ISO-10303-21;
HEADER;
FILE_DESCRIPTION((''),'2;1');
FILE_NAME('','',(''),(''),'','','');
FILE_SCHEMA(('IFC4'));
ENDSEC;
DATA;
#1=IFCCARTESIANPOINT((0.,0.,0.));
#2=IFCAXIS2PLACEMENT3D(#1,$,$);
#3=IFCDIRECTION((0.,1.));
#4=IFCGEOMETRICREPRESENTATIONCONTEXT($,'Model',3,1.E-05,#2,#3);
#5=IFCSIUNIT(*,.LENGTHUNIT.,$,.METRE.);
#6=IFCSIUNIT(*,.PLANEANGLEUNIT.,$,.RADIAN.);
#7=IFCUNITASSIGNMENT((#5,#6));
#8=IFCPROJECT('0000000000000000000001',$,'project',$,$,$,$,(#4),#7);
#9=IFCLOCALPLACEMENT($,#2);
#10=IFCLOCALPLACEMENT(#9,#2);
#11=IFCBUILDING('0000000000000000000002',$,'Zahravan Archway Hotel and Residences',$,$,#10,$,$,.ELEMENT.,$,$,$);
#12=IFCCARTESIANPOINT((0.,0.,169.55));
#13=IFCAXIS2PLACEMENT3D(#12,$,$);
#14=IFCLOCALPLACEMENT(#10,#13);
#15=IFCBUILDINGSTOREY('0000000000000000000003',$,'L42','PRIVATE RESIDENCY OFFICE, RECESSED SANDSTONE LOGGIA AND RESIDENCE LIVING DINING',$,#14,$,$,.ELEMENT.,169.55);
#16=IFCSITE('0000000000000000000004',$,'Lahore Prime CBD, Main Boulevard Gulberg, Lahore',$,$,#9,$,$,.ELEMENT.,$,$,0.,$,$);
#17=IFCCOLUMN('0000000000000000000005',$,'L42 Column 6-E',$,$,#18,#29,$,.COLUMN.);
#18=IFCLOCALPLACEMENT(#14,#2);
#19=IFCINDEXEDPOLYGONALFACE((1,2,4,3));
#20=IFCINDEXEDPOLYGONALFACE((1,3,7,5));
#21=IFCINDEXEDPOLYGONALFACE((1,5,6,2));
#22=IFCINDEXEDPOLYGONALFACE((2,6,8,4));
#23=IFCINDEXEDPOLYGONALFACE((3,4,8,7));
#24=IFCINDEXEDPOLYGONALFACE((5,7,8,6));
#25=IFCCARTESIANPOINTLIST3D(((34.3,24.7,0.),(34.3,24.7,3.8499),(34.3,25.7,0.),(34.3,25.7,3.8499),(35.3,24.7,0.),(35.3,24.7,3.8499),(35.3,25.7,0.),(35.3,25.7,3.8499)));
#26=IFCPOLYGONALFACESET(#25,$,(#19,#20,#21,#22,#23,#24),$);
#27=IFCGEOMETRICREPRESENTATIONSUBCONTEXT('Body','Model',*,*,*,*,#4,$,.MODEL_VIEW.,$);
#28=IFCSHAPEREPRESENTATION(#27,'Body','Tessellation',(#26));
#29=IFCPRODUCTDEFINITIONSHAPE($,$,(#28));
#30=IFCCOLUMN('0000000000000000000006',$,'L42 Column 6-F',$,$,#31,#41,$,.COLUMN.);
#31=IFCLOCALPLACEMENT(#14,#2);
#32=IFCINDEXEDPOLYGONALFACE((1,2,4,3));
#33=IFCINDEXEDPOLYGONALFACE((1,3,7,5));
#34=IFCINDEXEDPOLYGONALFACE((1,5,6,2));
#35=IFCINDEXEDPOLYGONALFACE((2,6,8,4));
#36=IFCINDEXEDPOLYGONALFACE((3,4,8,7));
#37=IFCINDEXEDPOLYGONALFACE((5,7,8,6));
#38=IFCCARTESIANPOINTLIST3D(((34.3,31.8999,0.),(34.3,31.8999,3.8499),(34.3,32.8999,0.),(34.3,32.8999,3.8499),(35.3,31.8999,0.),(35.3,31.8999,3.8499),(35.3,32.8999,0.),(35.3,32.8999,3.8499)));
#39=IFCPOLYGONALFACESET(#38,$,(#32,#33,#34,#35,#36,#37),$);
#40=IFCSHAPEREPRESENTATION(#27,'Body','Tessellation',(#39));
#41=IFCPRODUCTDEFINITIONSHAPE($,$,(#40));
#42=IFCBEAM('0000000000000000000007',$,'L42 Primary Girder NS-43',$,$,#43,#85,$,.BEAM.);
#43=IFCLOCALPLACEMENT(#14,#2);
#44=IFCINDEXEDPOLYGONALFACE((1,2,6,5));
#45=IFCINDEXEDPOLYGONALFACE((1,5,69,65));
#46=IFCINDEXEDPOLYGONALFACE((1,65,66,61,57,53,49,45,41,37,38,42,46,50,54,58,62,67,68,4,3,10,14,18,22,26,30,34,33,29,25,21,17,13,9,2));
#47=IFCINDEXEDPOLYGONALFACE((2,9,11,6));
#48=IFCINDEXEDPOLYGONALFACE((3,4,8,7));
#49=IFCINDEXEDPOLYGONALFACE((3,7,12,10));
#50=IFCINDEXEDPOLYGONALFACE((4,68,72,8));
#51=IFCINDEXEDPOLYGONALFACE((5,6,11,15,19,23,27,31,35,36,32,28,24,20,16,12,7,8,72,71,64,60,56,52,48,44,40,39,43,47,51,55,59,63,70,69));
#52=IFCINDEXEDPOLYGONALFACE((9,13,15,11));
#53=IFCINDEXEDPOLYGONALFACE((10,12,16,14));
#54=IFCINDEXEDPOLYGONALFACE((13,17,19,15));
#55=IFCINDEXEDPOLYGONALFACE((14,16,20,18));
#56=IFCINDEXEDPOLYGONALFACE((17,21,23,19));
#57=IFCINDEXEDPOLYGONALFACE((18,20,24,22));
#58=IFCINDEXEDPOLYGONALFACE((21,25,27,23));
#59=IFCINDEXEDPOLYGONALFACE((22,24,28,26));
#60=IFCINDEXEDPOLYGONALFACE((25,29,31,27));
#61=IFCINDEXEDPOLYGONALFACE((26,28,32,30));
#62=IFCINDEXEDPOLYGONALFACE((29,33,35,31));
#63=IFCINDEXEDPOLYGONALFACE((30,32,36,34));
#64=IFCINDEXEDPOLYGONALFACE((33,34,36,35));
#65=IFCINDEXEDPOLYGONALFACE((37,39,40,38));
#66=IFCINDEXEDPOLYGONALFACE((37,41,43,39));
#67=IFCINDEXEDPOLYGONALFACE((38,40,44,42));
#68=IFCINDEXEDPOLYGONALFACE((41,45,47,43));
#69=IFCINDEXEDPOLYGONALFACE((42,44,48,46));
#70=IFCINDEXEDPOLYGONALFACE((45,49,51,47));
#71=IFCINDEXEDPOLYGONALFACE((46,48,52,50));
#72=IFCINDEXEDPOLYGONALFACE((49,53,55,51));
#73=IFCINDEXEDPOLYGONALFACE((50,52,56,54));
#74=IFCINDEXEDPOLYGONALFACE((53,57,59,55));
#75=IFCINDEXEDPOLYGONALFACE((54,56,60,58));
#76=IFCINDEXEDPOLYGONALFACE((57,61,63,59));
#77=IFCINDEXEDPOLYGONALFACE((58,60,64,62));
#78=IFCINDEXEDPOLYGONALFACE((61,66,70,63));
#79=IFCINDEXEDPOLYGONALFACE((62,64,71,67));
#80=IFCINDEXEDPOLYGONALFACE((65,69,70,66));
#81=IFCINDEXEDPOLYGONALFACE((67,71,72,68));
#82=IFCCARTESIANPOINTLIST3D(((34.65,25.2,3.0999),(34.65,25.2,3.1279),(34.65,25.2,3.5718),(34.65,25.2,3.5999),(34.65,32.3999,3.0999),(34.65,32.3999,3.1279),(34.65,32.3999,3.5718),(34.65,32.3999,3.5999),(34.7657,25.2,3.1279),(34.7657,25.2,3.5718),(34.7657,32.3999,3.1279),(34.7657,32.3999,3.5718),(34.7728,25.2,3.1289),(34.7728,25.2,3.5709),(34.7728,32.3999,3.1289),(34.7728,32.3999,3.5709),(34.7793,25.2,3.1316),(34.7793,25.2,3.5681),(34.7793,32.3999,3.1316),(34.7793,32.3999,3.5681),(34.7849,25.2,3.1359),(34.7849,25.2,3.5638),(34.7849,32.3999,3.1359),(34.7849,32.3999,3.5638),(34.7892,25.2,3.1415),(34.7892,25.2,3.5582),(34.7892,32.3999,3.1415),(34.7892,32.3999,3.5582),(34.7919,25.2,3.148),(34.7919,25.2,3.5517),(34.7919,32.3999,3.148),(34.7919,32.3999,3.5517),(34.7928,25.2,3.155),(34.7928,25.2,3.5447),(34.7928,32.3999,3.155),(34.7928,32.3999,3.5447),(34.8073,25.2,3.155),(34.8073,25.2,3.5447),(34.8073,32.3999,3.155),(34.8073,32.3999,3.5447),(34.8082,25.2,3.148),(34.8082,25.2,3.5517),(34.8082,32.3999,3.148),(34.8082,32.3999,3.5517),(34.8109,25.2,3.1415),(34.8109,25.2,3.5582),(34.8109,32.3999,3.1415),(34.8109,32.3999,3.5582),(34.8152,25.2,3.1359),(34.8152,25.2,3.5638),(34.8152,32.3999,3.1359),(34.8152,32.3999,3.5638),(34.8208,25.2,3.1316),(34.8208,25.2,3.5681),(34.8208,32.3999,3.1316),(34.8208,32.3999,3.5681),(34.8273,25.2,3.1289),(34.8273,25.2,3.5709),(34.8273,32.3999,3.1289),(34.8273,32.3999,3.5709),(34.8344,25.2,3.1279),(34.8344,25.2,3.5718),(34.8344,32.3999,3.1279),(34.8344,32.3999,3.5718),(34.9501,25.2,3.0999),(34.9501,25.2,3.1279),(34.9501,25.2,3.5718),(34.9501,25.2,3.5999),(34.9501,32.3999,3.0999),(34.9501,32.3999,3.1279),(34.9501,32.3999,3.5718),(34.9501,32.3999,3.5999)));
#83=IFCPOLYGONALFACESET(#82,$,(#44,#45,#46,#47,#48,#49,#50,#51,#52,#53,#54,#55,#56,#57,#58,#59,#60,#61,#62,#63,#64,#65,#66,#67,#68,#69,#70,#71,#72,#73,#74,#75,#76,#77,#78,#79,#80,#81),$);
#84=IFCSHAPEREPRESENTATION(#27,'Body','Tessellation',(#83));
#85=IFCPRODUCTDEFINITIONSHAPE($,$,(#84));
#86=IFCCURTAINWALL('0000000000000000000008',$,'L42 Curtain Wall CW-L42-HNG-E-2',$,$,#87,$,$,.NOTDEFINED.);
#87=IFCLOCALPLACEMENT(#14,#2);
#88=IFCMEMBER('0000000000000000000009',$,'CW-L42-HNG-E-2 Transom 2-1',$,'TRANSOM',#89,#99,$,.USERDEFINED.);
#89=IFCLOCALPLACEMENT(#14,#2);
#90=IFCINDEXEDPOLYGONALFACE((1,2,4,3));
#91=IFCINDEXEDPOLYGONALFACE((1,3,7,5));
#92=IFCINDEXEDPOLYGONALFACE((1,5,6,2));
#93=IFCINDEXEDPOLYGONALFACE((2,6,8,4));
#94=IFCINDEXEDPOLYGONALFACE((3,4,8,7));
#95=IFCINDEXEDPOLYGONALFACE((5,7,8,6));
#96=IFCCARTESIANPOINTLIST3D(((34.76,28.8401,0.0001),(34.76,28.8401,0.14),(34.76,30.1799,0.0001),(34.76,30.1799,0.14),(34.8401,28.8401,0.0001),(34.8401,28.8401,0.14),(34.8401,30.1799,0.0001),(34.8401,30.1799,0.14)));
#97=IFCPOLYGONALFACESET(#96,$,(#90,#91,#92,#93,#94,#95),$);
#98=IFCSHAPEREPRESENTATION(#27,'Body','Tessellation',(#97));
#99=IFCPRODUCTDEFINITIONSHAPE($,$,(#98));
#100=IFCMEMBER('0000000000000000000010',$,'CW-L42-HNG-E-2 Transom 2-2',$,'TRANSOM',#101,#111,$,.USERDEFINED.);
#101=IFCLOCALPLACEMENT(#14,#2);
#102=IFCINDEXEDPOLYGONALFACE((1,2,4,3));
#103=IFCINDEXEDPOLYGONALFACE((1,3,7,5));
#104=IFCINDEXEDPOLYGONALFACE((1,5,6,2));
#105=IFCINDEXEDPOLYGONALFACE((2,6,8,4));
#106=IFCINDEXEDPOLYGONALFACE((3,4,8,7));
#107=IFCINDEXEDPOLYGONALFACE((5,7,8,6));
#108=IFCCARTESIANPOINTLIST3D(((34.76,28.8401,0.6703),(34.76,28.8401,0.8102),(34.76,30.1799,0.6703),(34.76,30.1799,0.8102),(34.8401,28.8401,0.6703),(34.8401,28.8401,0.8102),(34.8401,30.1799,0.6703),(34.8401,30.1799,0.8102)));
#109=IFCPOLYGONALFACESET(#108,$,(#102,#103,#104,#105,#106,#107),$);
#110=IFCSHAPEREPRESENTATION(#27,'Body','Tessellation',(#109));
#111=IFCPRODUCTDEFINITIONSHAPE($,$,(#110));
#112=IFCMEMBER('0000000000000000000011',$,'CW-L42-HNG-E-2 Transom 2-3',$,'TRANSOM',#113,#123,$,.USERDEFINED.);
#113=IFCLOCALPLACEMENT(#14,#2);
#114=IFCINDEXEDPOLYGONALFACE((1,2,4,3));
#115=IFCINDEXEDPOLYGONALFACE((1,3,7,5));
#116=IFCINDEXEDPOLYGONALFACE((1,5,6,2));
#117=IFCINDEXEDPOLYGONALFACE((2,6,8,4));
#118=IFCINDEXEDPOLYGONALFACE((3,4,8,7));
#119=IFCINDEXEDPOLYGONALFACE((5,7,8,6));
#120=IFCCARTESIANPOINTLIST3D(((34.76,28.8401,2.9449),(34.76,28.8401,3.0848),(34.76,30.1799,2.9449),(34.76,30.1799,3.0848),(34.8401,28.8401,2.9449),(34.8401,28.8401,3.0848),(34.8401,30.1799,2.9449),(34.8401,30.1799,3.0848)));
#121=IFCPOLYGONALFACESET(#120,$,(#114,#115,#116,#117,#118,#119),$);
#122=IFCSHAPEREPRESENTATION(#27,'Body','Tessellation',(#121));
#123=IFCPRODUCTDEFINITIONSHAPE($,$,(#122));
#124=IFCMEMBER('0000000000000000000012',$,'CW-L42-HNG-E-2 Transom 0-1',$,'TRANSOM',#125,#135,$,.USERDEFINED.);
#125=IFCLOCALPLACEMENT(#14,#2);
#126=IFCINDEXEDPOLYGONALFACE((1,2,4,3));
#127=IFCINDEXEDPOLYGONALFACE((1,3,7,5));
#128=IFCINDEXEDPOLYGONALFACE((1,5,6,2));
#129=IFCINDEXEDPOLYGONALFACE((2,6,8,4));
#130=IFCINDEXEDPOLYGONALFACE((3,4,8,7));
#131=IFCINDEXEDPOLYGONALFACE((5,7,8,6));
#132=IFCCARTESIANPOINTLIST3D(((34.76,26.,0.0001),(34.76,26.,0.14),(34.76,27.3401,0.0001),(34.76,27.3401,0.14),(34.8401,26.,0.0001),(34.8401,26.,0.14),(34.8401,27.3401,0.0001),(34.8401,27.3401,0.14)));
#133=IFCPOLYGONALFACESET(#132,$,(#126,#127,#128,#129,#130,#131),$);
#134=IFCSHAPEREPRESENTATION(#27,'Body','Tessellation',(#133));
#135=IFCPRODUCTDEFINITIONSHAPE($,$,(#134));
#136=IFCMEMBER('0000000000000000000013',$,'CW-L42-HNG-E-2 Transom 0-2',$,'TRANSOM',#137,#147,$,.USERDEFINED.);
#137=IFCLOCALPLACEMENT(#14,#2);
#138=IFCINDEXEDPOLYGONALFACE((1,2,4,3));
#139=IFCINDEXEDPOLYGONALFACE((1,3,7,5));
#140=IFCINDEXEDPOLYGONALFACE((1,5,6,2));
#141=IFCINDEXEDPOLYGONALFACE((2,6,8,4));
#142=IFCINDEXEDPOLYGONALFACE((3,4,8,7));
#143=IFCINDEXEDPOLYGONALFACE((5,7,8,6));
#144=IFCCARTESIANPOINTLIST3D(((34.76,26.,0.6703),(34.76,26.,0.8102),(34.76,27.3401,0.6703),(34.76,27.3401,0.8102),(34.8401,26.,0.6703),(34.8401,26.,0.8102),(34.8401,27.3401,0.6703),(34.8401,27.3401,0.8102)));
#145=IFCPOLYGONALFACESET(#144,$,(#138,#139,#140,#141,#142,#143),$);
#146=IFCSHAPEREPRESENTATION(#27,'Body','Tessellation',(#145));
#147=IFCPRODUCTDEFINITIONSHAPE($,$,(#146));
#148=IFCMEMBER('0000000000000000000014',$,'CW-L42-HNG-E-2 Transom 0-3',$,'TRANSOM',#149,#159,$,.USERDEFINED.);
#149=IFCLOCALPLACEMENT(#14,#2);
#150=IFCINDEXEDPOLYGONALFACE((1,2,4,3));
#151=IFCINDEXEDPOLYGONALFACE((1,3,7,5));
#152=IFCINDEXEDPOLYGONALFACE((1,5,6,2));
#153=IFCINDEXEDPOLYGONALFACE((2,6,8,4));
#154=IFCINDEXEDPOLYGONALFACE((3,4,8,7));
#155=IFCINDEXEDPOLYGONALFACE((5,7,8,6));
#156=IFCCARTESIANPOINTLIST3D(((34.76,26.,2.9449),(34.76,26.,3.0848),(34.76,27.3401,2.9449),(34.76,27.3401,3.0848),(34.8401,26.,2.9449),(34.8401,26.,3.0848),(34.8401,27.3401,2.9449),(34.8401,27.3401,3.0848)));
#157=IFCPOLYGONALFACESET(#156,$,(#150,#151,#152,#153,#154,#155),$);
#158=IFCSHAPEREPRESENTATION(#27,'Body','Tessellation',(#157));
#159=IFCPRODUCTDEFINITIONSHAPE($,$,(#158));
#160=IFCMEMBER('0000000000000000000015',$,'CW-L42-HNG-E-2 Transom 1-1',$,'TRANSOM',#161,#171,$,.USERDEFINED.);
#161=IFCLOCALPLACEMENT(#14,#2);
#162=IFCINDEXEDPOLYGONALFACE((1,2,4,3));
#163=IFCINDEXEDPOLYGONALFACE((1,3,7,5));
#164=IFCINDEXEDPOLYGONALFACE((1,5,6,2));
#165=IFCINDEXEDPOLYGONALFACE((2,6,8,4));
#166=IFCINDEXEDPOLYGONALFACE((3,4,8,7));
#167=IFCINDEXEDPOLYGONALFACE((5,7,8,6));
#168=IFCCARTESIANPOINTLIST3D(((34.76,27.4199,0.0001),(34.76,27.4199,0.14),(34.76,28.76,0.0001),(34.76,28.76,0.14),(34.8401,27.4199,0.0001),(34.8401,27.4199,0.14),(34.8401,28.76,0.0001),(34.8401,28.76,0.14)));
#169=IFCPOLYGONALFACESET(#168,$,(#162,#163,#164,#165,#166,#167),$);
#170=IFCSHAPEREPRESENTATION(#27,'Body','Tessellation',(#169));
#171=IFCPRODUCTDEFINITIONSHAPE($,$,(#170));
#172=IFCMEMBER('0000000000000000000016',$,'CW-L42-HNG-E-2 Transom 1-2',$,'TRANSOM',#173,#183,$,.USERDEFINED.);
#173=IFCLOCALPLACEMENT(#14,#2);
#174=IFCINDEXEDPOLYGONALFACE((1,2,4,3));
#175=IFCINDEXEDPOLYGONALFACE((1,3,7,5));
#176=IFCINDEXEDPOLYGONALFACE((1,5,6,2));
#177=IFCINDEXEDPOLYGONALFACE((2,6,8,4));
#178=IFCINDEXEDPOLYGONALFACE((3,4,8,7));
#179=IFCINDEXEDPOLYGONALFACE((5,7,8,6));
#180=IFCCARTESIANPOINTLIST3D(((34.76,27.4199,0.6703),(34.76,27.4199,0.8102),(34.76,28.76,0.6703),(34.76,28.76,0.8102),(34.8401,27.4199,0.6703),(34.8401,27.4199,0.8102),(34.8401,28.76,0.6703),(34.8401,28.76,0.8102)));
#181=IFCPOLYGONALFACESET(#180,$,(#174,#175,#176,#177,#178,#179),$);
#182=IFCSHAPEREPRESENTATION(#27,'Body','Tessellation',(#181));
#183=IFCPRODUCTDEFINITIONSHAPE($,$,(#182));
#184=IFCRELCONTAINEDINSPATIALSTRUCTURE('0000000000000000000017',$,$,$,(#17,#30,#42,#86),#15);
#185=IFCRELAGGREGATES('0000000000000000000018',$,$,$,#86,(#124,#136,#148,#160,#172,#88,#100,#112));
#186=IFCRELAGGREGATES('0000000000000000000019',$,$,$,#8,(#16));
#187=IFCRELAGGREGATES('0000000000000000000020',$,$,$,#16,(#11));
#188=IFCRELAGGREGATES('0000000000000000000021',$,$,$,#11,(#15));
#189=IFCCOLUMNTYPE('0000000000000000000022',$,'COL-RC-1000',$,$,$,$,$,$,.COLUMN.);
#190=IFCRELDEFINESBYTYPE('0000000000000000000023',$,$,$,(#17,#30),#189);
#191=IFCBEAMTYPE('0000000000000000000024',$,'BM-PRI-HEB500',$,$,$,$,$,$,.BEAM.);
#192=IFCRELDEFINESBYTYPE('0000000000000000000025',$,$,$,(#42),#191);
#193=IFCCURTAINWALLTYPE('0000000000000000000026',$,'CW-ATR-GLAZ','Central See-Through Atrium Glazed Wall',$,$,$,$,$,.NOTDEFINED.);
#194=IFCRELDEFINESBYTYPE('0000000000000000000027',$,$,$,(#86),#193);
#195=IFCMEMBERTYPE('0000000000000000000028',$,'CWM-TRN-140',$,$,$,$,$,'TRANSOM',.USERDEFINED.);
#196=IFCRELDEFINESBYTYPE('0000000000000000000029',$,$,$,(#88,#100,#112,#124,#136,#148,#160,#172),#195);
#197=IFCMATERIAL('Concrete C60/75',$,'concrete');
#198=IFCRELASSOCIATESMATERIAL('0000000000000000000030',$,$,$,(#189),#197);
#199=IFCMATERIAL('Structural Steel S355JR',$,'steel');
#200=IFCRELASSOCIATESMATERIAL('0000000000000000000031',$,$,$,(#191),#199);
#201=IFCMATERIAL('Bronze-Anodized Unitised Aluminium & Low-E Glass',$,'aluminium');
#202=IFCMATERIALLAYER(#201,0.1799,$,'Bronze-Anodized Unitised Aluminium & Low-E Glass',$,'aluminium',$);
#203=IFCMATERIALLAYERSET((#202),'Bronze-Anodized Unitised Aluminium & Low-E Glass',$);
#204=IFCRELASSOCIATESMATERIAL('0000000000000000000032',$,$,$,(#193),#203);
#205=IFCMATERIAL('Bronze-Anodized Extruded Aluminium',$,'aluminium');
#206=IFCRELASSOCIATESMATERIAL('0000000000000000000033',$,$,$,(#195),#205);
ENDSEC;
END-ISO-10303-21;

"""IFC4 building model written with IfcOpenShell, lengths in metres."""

from ifc_helpers import new_model, si_unit, direction, frame, origin, origin_2d, place, context, subcontext, project, spatial, rectangle, i_section, extrude, source, transform, mapped, material, layer, layer_set, material_profile, profile_set, type_object, element, aggregate, save


model = new_model("IFC4")

# Units and contexts
model_context = context("Model", 3, precision=1e-05, world=origin(), true_north=direction((0.0, 1.0)))
body_context = subcontext(model_context, "Body", "Model", "MODEL_VIEW")
ifc_project = project(units=[si_unit("LENGTHUNIT", "METRE"), si_unit("PLANEANGLEUNIT", "RADIAN")], contexts=[model_context])

# Site, building, storey
site_placement = place(None, origin())
site = spatial("IfcSite", under=ifc_project, at=site_placement, Name="Lahore Prime CBD, Main Boulevard Gulberg, Lahore", CompositionType="ELEMENT", RefElevation=0.0)
building_placement = place(site_placement, origin())
building = spatial("IfcBuilding", under=site, at=building_placement, Name="Zahravan Archway Hotel and Residences", CompositionType="ELEMENT")
storey_placement = place(building_placement, frame((0.0, 0.0, 169.55)))
storey = spatial("IfcBuildingStorey", under=building, at=storey_placement, Name="L42", Description="PRIVATE RESIDENCY OFFICE, RECESSED SANDSTONE LOGGIA AND RESIDENCE LIVING DINING", CompositionType="ELEMENT", Elevation=169.55)

# Columns
ifc_material_1 = material(Name="Concrete C60/75", Category="concrete")
ifc_material_profile_1 = material_profile(ifc_material_1, rectangle(XDim=1.0, YDim=1.0, at=origin_2d()), Name="RC-COL-1000x1000", Category="concrete")
ifc_profile_set_1 = profile_set([ifc_material_profile_1], Name="Concrete C60/75")
column_type = type_object("IfcColumnType", Name="COL-RC-1000", PredefinedType="COLUMN", material=ifc_profile_set_1)
shared_shape_1 = source(origin(), body_context, "Body", "SweptSolid", [
    extrude(rectangle(XDim=1.0, YDim=1.0, at=origin_2d()), origin(), (0.0, 0.0, 1.0), 3.8499),
])
for number, where, z_axis, x_axis, name in (
    (1, (34.8, 25.2, 0.0), (0.0, 0.0, 1.0), (1.0, 0.0, 0.0), "L42 Column 6-E"),
    (2, (34.8, 32.3999, 0.0), (0.0, 0.0, 1.0), (1.0, 0.0, 0.0), "L42 Column 6-F"),
):
    element("IfcColumn", number, at=place(storey_placement, frame(where, z_axis=z_axis, x_axis=x_axis)), inside=storey, type_object=column_type, Name=name, PredefinedType="COLUMN", context=body_context, shape_type="MappedRepresentation", body=[
        mapped(shared_shape_1, transform((0.0, 0.0, 0.0), scale=1.0)),
    ])

# Beam
ifc_material_2 = material(Name="Structural Steel S355JR", Category="steel")
ifc_material_profile_2 = material_profile(ifc_material_2, i_section(OverallWidth=0.3, OverallDepth=0.5, WebThickness=0.0144, FlangeThickness=0.0281, FilletRadius=0.0271, at=origin_2d()), Name="HEB 500", Category="steel")
ifc_profile_set_2 = profile_set([ifc_material_profile_2], Name="Structural Steel S355JR")
beam_type = type_object("IfcBeamType", Name="BM-PRI-HEB500", PredefinedType="BEAM", material=ifc_profile_set_2)
shared_shape_2 = source(origin(), body_context, "Body", "SweptSolid", [
    extrude(i_section(OverallWidth=0.3, OverallDepth=0.5, WebThickness=0.0144, FlangeThickness=0.0281, FilletRadius=0.0271, at=origin_2d()), origin(), (0.0, 0.0, 1.0), 7.2),
])
beam_placement = place(storey_placement, frame((34.8, 25.2, 3.3499), z_axis=(0.0, 1.0, 0.0), x_axis=(-1.0, 0.0, 0.0)))
element("IfcBeam", 3, at=beam_placement, inside=storey, type_object=beam_type, Name="L42 Primary Girder NS-43", PredefinedType="BEAM", context=body_context, shape_type="MappedRepresentation", body=[
    mapped(shared_shape_2, transform((0.0, 0.0, 0.0), scale=1.0)),
])

# Curtain wall, members
ifc_material_3 = material(Name="Bronze-Anodized Unitised Aluminium & Low-E Glass", Category="aluminium")
ifc_layer_1 = layer(ifc_material_3, 0.1799, Name="Bronze-Anodized Unitised Aluminium & Low-E Glass", Category="aluminium")
ifc_layer_set_1 = layer_set([ifc_layer_1], Name="Bronze-Anodized Unitised Aluminium & Low-E Glass")
curtain_wall_type = type_object("IfcCurtainWallType", Name="CW-ATR-GLAZ", Description="Central See-Through Atrium Glazed Wall", PredefinedType="NOTDEFINED", material=ifc_layer_set_1)
curtain_wall_1_placement = place(storey_placement, origin())
curtain_wall_1 = element("IfcCurtainWall", 4, at=curtain_wall_1_placement, inside=storey, type_object=curtain_wall_type, Name="L42 Curtain Wall CW-L42-HNG-E-2", PredefinedType="NOTDEFINED")
ifc_material_4 = material(Name="Bronze-Anodized Extruded Aluminium", Category="aluminium")
ifc_material_profile_3 = material_profile(ifc_material_4, rectangle(XDim=0.0801, YDim=0.1399, at=origin_2d()), Name="TRN 80x140", Category="aluminium")
ifc_profile_set_3 = profile_set([ifc_material_profile_3], Name="Bronze-Anodized Extruded Aluminium")
member_type_1 = type_object("IfcMemberType", Name="CWM-TRN-140", ElementType="TRANSOM", PredefinedType="USERDEFINED", material=ifc_profile_set_3)
shared_shape_3 = source(origin(), body_context, "Body", "SweptSolid", [
    extrude(rectangle(XDim=0.0801, YDim=0.1399, at=origin_2d()), origin(), (0.0, 0.0, 1.0), 1.3398),
])
member_1_placement = place(storey_placement, frame((34.8, 28.8401, 0.0701), z_axis=(0.0, 1.0, 0.0), x_axis=(-1.0, 0.0, 0.0)))
member_1 = element("IfcMember", 5, at=member_1_placement, type_object=member_type_1, Name="CW-L42-HNG-E-2 Transom 2-1", ObjectType="TRANSOM", PredefinedType="USERDEFINED", context=body_context, shape_type="MappedRepresentation", body=[
    mapped(shared_shape_3, transform((0.0, 0.0, 0.0), scale=1.0)),
])
member_2_placement = place(storey_placement, frame((34.8, 28.8401, 0.7402), z_axis=(0.0, 1.0, 0.0), x_axis=(-1.0, 0.0, 0.0)))
member_2 = element("IfcMember", 6, at=member_2_placement, type_object=member_type_1, Name="CW-L42-HNG-E-2 Transom 2-2", ObjectType="TRANSOM", PredefinedType="USERDEFINED", context=body_context, shape_type="MappedRepresentation", body=[
    mapped(shared_shape_3, transform((0.0, 0.0, 0.0), scale=1.0)),
])
member_3_placement = place(storey_placement, frame((34.8, 28.8401, 3.0149), z_axis=(0.0, 1.0, 0.0), x_axis=(-1.0, 0.0, 0.0)))
member_3 = element("IfcMember", 7, at=member_3_placement, type_object=member_type_1, Name="CW-L42-HNG-E-2 Transom 2-3", ObjectType="TRANSOM", PredefinedType="USERDEFINED", context=body_context, shape_type="MappedRepresentation", body=[
    mapped(shared_shape_3, transform((0.0, 0.0, 0.0), scale=1.0)),
])
shared_shape_4 = source(origin(), body_context, "Body", "SweptSolid", [
    extrude(rectangle(XDim=0.0801, YDim=0.1399, at=origin_2d()), origin(), (0.0, 0.0, 1.0), 1.3401),
])
member_4_placement = place(storey_placement, frame((34.8, 26.0, 0.0701), z_axis=(0.0, 1.0, 0.0), x_axis=(-1.0, 0.0, 0.0)))
member_4 = element("IfcMember", 8, at=member_4_placement, type_object=member_type_1, Name="CW-L42-HNG-E-2 Transom 0-1", ObjectType="TRANSOM", PredefinedType="USERDEFINED", context=body_context, shape_type="MappedRepresentation", body=[
    mapped(shared_shape_4, transform((0.0, 0.0, 0.0), scale=1.0)),
])
member_5_placement = place(storey_placement, frame((34.8, 26.0, 0.7402), z_axis=(0.0, 1.0, 0.0), x_axis=(-1.0, 0.0, 0.0)))
member_5 = element("IfcMember", 9, at=member_5_placement, type_object=member_type_1, Name="CW-L42-HNG-E-2 Transom 0-2", ObjectType="TRANSOM", PredefinedType="USERDEFINED", context=body_context, shape_type="MappedRepresentation", body=[
    mapped(shared_shape_4, transform((0.0, 0.0, 0.0), scale=1.0)),
])
member_6_placement = place(storey_placement, frame((34.8, 26.0, 3.0149), z_axis=(0.0, 1.0, 0.0), x_axis=(-1.0, 0.0, 0.0)))
member_6 = element("IfcMember", 10, at=member_6_placement, type_object=member_type_1, Name="CW-L42-HNG-E-2 Transom 0-3", ObjectType="TRANSOM", PredefinedType="USERDEFINED", context=body_context, shape_type="MappedRepresentation", body=[
    mapped(shared_shape_4, transform((0.0, 0.0, 0.0), scale=1.0)),
])
member_7_placement = place(storey_placement, frame((34.8, 27.4199, 0.0701), z_axis=(0.0, 1.0, 0.0), x_axis=(-1.0, 0.0, 0.0)))
member_7 = element("IfcMember", 11, at=member_7_placement, type_object=member_type_1, Name="CW-L42-HNG-E-2 Transom 1-1", ObjectType="TRANSOM", PredefinedType="USERDEFINED", context=body_context, shape_type="MappedRepresentation", body=[
    mapped(shared_shape_4, transform((0.0, 0.0, 0.0), scale=1.0)),
])
member_8_placement = place(storey_placement, frame((34.8, 27.4199, 0.7402), z_axis=(0.0, 1.0, 0.0), x_axis=(-1.0, 0.0, 0.0)))
member_8 = element("IfcMember", 12, at=member_8_placement, type_object=member_type_1, Name="CW-L42-HNG-E-2 Transom 1-2", ObjectType="TRANSOM", PredefinedType="USERDEFINED", context=body_context, shape_type="MappedRepresentation", body=[
    mapped(shared_shape_4, transform((0.0, 0.0, 0.0), scale=1.0)),
])

aggregate(curtain_wall_1, [member_4, member_5, member_6, member_7, member_8, member_1, member_2, member_3])

save(model, "model.ifc")
